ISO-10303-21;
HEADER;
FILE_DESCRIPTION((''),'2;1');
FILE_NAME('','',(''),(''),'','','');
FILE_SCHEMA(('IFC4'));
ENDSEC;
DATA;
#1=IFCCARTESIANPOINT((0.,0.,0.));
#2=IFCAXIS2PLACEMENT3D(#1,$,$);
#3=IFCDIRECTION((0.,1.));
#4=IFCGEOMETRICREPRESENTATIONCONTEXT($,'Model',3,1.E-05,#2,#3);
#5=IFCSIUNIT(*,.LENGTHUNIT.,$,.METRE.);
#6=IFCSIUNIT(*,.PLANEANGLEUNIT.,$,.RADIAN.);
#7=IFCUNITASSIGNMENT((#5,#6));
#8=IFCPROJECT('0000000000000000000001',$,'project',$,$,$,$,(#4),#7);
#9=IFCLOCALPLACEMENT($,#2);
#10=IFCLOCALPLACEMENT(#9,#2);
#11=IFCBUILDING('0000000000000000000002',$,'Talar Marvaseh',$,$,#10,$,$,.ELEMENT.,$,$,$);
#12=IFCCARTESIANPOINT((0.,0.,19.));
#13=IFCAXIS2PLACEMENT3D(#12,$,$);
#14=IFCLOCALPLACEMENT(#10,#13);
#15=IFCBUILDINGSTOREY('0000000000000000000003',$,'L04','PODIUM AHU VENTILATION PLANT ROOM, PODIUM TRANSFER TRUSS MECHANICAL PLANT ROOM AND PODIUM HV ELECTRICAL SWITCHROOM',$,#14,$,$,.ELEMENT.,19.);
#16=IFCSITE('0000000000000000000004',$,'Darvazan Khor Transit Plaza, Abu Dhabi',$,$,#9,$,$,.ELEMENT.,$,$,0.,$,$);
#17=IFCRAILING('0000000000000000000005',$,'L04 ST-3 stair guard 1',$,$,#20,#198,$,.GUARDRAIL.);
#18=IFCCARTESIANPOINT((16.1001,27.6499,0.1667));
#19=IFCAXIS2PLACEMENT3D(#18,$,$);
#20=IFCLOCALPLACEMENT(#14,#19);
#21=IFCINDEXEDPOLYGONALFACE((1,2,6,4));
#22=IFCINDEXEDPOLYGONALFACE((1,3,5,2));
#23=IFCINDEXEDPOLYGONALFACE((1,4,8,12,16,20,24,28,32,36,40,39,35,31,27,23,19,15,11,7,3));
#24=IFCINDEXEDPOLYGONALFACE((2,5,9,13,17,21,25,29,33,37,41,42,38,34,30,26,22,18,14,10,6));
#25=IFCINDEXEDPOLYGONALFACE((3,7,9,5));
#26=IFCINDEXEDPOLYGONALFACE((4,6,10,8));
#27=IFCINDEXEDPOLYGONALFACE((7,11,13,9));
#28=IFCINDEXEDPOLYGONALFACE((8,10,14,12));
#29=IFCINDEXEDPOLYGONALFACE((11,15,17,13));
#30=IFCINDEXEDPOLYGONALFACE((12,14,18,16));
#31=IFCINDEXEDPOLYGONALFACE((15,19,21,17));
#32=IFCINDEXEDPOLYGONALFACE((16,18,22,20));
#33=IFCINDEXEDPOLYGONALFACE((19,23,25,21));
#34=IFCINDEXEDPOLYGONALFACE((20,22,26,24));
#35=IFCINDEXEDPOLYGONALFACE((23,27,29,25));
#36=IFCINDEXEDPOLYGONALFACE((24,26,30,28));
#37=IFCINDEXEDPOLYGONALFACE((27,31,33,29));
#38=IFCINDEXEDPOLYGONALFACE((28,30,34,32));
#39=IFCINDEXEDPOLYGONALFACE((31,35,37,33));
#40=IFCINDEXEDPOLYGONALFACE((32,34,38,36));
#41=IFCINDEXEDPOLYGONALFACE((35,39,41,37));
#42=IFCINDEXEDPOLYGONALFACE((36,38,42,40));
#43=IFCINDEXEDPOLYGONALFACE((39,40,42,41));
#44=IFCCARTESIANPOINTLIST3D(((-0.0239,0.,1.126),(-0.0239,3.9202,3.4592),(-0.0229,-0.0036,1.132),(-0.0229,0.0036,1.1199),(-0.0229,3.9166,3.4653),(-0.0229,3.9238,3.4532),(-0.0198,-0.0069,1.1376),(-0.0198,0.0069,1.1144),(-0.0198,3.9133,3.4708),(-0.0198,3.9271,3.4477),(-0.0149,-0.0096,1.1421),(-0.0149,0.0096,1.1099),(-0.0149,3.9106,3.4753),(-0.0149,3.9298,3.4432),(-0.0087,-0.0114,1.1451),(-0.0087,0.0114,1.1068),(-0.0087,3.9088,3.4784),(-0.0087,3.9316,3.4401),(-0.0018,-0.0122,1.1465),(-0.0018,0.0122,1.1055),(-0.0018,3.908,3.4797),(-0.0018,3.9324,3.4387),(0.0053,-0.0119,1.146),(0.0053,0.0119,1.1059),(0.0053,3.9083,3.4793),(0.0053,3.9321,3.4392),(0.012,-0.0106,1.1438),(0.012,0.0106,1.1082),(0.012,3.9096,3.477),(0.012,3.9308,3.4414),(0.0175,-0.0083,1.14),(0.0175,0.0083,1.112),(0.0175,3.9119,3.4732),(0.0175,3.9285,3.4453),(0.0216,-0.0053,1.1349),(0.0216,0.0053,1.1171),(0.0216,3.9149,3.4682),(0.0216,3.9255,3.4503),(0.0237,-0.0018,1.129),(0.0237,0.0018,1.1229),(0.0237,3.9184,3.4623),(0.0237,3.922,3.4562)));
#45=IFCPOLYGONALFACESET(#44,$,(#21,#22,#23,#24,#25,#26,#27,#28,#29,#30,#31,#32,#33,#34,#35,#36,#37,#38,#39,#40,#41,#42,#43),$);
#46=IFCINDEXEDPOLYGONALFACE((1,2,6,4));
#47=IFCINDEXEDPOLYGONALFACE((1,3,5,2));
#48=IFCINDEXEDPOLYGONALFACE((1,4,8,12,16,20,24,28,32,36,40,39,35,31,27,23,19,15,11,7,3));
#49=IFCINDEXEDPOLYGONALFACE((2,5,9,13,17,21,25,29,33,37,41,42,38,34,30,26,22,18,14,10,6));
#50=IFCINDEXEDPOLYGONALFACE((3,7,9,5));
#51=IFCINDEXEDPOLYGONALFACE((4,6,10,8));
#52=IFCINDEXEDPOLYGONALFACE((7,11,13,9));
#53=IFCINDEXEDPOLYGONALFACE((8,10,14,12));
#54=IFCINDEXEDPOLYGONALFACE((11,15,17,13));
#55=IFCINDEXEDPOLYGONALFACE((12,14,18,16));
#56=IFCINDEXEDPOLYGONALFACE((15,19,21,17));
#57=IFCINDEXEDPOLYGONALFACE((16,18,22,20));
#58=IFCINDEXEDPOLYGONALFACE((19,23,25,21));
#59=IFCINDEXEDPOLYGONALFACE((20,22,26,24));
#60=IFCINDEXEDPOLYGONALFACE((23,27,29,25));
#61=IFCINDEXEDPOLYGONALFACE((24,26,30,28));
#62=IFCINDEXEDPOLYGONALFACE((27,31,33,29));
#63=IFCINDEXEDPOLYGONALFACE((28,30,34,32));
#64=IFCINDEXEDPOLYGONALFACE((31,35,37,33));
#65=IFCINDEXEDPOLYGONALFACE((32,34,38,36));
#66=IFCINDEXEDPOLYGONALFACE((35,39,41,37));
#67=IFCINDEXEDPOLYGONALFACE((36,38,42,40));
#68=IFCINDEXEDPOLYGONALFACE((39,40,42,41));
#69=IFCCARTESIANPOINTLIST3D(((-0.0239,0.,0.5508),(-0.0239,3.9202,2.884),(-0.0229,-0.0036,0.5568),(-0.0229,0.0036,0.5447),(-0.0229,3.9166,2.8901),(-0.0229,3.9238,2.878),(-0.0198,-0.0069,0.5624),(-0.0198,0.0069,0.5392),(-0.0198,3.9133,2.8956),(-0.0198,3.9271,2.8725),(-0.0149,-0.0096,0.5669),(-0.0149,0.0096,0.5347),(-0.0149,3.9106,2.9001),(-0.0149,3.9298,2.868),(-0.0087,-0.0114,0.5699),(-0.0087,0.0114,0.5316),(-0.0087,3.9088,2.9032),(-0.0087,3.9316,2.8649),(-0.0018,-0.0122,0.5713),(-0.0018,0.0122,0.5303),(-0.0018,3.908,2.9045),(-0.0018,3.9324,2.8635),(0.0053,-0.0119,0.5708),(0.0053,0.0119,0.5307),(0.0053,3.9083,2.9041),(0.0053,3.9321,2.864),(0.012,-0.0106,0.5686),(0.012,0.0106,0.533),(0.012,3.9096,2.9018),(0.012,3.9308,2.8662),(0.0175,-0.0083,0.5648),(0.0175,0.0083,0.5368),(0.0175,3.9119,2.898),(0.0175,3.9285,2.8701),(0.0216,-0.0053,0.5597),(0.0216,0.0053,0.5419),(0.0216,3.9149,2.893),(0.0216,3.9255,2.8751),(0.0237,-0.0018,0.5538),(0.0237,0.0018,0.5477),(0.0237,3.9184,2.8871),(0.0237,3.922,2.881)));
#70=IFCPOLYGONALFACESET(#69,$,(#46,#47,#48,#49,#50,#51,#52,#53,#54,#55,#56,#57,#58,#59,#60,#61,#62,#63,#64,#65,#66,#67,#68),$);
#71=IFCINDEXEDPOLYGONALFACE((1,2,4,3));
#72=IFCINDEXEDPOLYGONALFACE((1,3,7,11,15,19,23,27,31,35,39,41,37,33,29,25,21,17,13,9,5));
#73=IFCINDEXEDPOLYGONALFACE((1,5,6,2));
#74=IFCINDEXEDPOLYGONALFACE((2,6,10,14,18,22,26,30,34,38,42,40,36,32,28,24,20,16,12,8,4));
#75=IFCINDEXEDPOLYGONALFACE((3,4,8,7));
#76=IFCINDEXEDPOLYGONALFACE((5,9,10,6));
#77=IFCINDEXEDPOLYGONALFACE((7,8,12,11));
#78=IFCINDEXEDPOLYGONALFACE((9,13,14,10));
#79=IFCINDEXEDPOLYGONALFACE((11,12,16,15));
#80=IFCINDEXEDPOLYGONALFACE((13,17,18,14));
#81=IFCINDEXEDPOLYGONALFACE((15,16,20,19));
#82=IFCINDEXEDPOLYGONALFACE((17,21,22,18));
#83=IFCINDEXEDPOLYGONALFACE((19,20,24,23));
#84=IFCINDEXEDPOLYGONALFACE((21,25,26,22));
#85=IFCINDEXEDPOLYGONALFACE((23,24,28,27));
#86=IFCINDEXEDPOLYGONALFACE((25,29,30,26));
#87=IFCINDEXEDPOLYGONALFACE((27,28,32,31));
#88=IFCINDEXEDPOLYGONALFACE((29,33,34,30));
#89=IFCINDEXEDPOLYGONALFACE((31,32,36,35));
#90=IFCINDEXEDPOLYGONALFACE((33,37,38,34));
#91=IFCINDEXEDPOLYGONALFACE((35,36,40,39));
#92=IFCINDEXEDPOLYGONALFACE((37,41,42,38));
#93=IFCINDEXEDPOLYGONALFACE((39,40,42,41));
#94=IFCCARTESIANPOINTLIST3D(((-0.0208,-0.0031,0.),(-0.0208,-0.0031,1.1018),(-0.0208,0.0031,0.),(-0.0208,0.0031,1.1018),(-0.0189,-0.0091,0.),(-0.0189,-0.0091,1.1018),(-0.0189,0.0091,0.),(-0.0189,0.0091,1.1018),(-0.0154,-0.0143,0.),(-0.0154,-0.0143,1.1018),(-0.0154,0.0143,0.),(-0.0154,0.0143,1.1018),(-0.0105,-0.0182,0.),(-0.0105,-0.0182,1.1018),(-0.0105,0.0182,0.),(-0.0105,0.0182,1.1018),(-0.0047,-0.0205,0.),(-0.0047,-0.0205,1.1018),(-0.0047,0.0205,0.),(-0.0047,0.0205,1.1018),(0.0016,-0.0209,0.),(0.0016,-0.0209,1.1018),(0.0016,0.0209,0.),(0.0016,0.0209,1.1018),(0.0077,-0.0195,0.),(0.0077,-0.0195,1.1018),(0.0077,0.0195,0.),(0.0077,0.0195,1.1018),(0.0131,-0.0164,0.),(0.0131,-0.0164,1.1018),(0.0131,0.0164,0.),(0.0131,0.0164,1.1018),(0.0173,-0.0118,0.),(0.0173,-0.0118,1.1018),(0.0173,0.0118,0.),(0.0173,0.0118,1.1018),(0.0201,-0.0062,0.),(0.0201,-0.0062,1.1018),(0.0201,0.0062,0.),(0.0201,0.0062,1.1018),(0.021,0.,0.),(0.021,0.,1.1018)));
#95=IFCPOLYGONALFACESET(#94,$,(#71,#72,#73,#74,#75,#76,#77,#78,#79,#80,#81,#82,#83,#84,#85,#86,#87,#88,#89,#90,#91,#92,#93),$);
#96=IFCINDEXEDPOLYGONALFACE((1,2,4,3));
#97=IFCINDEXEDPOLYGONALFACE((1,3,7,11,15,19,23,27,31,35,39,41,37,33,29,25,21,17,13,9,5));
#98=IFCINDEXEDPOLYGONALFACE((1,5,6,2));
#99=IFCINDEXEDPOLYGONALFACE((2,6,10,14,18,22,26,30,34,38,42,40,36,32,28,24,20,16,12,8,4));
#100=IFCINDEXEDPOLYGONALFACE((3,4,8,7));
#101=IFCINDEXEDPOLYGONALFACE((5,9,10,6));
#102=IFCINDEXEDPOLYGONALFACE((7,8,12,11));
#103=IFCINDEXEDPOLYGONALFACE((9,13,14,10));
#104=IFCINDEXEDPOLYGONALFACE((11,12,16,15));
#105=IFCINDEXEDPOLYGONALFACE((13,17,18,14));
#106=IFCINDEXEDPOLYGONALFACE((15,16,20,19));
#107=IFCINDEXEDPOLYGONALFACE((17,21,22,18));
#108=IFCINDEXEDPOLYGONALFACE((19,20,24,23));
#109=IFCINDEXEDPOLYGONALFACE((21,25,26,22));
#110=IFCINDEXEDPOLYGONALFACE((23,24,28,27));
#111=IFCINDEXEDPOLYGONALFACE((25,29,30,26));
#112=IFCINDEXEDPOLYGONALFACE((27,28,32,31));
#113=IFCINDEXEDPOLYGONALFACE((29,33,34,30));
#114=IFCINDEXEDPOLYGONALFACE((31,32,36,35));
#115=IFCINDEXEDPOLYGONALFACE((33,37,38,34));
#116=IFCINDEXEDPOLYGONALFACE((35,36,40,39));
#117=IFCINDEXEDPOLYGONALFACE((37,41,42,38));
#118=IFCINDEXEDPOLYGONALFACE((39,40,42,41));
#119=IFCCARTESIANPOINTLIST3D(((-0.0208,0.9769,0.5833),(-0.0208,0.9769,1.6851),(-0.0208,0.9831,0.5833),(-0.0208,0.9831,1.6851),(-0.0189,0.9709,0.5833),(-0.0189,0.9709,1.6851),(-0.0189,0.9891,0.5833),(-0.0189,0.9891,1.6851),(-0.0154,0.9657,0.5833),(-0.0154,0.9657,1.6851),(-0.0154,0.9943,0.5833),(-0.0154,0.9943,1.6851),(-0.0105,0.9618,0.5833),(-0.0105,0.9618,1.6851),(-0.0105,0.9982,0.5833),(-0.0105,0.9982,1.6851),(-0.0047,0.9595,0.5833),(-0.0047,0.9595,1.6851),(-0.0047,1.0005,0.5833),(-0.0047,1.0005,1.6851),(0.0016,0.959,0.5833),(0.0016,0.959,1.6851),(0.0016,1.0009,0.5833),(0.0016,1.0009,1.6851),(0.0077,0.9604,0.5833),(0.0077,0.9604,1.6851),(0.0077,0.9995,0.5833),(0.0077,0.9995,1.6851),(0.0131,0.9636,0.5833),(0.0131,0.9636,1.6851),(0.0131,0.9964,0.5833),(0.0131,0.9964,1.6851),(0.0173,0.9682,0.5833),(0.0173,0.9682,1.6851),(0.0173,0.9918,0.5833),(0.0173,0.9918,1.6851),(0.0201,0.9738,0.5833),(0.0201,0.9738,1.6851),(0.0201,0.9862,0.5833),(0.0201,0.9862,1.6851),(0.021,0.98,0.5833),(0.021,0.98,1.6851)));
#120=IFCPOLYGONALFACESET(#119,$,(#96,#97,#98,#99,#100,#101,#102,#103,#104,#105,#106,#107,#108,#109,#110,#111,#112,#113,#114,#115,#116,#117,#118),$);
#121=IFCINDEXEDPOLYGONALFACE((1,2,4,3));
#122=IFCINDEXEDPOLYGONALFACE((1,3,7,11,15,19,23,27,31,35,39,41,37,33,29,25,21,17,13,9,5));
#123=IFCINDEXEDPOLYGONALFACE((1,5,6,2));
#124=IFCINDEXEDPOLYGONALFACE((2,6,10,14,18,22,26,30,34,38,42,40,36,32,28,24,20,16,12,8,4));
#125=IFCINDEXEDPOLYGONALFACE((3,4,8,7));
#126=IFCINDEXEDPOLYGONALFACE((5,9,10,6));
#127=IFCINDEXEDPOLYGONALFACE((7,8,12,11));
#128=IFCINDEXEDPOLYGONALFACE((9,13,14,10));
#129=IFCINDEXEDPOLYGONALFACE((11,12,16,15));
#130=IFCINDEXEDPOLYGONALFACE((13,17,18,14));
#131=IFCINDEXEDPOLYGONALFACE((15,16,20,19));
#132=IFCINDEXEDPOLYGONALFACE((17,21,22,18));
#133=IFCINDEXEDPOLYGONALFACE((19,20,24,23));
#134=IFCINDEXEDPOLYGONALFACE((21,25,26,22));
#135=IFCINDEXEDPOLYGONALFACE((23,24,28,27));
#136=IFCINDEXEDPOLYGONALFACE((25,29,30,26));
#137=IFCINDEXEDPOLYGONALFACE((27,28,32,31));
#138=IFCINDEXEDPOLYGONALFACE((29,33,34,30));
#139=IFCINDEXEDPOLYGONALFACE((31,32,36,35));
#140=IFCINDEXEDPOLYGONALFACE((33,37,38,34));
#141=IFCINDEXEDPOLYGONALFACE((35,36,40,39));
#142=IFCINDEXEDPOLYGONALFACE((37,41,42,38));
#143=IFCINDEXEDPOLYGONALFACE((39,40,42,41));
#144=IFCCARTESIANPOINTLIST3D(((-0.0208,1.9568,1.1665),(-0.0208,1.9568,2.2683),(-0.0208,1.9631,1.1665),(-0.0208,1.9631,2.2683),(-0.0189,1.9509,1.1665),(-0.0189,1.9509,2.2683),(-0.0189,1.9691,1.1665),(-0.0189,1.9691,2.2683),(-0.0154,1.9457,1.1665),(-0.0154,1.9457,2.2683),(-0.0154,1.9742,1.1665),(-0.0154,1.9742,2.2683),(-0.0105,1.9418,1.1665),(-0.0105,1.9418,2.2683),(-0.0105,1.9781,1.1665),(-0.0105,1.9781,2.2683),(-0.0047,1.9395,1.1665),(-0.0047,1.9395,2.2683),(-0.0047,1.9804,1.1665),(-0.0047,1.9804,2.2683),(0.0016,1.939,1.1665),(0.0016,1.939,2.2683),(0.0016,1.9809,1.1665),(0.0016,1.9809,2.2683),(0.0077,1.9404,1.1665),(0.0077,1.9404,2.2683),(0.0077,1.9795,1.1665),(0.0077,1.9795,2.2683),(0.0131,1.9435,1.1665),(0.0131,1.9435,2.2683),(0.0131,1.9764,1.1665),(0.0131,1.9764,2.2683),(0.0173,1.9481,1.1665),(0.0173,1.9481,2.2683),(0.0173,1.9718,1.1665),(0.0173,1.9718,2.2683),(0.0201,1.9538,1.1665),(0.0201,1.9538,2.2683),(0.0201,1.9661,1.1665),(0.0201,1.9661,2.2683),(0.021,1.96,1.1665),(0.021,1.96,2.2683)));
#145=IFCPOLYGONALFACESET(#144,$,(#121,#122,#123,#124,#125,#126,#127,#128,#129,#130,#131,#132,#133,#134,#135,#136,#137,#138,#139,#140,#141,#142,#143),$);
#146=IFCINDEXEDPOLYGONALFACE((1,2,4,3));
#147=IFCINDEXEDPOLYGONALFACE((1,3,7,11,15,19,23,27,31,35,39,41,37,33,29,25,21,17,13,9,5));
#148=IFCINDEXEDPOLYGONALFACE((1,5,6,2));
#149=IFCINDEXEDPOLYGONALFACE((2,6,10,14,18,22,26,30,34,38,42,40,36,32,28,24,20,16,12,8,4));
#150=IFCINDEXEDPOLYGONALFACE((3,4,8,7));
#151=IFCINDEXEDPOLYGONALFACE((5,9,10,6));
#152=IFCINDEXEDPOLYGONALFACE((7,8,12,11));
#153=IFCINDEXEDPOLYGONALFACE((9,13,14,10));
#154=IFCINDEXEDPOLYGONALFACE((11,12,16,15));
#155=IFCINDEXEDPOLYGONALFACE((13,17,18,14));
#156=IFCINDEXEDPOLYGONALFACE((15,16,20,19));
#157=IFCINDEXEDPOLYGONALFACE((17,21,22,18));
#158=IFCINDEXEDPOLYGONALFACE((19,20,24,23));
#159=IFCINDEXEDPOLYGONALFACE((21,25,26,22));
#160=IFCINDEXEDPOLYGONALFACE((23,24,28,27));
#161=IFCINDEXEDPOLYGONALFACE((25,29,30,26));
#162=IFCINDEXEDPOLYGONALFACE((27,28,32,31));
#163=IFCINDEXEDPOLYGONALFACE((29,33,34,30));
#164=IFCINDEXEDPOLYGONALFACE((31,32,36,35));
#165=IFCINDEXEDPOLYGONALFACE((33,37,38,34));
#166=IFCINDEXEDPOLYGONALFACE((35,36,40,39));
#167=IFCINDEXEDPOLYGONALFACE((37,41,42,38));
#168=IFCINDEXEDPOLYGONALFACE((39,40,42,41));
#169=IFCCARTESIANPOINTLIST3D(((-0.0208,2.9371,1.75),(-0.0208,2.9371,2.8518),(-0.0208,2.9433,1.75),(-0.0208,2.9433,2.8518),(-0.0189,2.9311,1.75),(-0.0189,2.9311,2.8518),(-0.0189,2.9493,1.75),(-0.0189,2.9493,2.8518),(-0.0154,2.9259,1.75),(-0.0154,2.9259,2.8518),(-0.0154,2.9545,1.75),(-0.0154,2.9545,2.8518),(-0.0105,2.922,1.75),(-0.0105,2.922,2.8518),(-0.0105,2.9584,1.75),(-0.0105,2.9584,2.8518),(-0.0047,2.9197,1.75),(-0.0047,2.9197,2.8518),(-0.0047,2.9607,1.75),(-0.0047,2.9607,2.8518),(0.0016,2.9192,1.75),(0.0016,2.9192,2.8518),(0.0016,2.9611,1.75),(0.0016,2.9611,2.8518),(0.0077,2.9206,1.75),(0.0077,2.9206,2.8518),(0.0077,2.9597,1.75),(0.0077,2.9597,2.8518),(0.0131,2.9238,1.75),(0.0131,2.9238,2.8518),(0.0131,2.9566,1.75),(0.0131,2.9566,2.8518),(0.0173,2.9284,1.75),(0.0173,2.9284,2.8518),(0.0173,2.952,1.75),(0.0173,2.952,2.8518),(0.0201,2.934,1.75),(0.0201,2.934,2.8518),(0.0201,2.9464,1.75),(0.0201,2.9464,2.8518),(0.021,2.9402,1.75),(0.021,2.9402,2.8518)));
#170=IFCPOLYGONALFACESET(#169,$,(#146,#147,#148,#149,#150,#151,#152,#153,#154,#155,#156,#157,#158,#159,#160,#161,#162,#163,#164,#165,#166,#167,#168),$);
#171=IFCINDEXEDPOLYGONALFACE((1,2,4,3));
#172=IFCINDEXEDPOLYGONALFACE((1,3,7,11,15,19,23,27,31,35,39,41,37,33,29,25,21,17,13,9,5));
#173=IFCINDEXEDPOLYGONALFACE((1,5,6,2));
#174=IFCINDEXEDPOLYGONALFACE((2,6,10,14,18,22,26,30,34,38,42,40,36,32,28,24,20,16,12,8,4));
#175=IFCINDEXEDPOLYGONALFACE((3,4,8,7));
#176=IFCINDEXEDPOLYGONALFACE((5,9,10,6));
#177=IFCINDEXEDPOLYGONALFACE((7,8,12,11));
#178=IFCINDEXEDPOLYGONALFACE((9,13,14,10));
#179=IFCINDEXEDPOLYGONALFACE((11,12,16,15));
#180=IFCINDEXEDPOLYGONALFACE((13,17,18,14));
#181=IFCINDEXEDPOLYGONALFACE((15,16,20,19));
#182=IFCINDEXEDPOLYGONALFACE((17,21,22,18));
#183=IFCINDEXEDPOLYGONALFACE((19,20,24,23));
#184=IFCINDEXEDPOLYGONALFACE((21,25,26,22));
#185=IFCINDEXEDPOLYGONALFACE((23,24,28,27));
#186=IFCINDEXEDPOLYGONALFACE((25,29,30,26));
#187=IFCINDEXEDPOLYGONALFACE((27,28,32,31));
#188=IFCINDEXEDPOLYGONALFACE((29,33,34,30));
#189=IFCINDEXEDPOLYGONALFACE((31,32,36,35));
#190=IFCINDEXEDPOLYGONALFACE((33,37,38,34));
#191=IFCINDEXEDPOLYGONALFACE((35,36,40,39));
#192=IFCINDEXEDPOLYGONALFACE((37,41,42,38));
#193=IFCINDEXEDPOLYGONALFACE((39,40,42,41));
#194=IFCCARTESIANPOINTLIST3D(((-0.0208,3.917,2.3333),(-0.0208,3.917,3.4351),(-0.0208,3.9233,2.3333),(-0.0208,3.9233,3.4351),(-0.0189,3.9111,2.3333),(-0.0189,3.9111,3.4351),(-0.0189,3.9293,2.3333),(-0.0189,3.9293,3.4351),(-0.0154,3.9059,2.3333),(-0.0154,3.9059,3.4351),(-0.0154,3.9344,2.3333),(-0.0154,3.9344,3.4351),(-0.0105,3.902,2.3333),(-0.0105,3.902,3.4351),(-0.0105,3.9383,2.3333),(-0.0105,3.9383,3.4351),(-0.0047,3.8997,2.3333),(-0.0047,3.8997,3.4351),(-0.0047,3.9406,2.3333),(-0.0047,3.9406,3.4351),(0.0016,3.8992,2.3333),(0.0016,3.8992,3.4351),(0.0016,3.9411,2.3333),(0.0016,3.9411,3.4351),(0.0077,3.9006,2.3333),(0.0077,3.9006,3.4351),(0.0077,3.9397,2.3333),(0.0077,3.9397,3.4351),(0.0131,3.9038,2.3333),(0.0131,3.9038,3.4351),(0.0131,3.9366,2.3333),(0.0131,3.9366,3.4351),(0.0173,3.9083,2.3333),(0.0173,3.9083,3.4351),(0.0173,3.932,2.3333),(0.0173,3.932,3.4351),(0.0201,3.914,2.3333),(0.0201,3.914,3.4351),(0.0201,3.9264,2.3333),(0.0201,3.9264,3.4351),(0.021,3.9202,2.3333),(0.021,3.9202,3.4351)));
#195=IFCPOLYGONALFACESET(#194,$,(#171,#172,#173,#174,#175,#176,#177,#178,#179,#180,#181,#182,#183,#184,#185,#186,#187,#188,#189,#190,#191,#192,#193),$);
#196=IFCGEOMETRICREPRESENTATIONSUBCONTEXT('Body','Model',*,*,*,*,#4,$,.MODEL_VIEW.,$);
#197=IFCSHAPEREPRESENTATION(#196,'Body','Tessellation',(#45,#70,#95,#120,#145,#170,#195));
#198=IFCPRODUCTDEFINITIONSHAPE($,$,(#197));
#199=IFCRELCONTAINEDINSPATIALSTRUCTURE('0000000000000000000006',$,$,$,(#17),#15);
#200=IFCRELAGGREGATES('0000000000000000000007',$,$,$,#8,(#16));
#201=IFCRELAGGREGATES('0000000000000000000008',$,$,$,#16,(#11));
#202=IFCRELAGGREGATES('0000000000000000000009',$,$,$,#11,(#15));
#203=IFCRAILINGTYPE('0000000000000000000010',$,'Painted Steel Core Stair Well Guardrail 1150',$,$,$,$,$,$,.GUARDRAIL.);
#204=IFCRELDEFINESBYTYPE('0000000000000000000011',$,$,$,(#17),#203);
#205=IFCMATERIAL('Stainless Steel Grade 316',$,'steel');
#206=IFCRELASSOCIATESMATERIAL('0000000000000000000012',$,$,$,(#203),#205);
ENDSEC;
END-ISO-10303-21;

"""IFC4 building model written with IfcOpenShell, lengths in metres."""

from ifc_helpers import new_model, si_unit, direction, frame, origin, origin_2d, place, context, subcontext, project, spatial, circle, extrude, material, type_object, element, save


model = new_model("IFC4")

# Units and contexts
model_context = context("Model", 3, precision=1e-05, world=origin(), true_north=direction((0.0, 1.0)))
body_context = subcontext(model_context, "Body", "Model", "MODEL_VIEW")
ifc_project = project(units=[si_unit("LENGTHUNIT", "METRE"), si_unit("PLANEANGLEUNIT", "RADIAN")], contexts=[model_context])

# Site, building, storey
site_placement = place(None, origin())
site = spatial("IfcSite", under=ifc_project, at=site_placement, Name="Darvazan Khor Transit Plaza, Abu Dhabi", CompositionType="ELEMENT", RefElevation=0.0)
building_placement = place(site_placement, origin())
building = spatial("IfcBuilding", under=site, at=building_placement, Name="Talar Marvaseh", CompositionType="ELEMENT")
storey_placement = place(building_placement, frame((0.0, 0.0, 19.0)))
storey = spatial("IfcBuildingStorey", under=building, at=storey_placement, Name="L04", Description="PODIUM AHU VENTILATION PLANT ROOM, PODIUM TRANSFER TRUSS MECHANICAL PLANT ROOM AND PODIUM HV ELECTRICAL SWITCHROOM", CompositionType="ELEMENT", Elevation=19.0)

# Railing
ifc_material_1 = material(Name="Stainless Steel Grade 316", Category="steel")
railing_type_1 = type_object("IfcRailingType", Name="Painted Steel Core Stair Well Guardrail 1150", PredefinedType="GUARDRAIL", material=ifc_material_1)
railing_1_placement = place(storey_placement, frame((16.1001, 27.6499, 0.1667)))
element("IfcRailing", 1, at=railing_1_placement, inside=storey, type_object=railing_type_1, Name="L04 ST-3 stair guard 1", PredefinedType="GUARDRAIL", context=body_context, shape_type="SweptSolid", body=[
    extrude(circle(Radius=0.0239, at=origin_2d()), frame((0.0, 0.0, 1.126), z_axis=(0.0, 0.85931, 0.511455), x_axis=(-1.0, 0.0, 0.0)), (0.0, 0.0, 1.0), 4.562),
    extrude(circle(Radius=0.0239, at=origin_2d()), frame((0.0, 0.0, 0.5508), z_axis=(0.0, 0.85931, 0.511455), x_axis=(-1.0, 0.0, 0.0)), (0.0, 0.0, 1.0), 4.562),
    extrude(circle(Radius=0.021, at=origin_2d()), origin(), (0.0, 0.0, 1.0), 1.1018),
    extrude(circle(Radius=0.021, at=origin_2d()), frame((0.0, 0.98, 0.5833)), (0.0, 0.0, 1.0), 1.1018),
    extrude(circle(Radius=0.021, at=origin_2d()), frame((0.0, 1.96, 1.1665)), (0.0, 0.0, 1.0), 1.1018),
    extrude(circle(Radius=0.021, at=origin_2d()), frame((0.0, 2.9402, 1.75)), (0.0, 0.0, 1.0), 1.1018),
    extrude(circle(Radius=0.021, at=origin_2d()), frame((0.0, 3.9202, 2.3333)), (0.0, 0.0, 1.0), 1.1018),
])

save(model, "model.ifc")
